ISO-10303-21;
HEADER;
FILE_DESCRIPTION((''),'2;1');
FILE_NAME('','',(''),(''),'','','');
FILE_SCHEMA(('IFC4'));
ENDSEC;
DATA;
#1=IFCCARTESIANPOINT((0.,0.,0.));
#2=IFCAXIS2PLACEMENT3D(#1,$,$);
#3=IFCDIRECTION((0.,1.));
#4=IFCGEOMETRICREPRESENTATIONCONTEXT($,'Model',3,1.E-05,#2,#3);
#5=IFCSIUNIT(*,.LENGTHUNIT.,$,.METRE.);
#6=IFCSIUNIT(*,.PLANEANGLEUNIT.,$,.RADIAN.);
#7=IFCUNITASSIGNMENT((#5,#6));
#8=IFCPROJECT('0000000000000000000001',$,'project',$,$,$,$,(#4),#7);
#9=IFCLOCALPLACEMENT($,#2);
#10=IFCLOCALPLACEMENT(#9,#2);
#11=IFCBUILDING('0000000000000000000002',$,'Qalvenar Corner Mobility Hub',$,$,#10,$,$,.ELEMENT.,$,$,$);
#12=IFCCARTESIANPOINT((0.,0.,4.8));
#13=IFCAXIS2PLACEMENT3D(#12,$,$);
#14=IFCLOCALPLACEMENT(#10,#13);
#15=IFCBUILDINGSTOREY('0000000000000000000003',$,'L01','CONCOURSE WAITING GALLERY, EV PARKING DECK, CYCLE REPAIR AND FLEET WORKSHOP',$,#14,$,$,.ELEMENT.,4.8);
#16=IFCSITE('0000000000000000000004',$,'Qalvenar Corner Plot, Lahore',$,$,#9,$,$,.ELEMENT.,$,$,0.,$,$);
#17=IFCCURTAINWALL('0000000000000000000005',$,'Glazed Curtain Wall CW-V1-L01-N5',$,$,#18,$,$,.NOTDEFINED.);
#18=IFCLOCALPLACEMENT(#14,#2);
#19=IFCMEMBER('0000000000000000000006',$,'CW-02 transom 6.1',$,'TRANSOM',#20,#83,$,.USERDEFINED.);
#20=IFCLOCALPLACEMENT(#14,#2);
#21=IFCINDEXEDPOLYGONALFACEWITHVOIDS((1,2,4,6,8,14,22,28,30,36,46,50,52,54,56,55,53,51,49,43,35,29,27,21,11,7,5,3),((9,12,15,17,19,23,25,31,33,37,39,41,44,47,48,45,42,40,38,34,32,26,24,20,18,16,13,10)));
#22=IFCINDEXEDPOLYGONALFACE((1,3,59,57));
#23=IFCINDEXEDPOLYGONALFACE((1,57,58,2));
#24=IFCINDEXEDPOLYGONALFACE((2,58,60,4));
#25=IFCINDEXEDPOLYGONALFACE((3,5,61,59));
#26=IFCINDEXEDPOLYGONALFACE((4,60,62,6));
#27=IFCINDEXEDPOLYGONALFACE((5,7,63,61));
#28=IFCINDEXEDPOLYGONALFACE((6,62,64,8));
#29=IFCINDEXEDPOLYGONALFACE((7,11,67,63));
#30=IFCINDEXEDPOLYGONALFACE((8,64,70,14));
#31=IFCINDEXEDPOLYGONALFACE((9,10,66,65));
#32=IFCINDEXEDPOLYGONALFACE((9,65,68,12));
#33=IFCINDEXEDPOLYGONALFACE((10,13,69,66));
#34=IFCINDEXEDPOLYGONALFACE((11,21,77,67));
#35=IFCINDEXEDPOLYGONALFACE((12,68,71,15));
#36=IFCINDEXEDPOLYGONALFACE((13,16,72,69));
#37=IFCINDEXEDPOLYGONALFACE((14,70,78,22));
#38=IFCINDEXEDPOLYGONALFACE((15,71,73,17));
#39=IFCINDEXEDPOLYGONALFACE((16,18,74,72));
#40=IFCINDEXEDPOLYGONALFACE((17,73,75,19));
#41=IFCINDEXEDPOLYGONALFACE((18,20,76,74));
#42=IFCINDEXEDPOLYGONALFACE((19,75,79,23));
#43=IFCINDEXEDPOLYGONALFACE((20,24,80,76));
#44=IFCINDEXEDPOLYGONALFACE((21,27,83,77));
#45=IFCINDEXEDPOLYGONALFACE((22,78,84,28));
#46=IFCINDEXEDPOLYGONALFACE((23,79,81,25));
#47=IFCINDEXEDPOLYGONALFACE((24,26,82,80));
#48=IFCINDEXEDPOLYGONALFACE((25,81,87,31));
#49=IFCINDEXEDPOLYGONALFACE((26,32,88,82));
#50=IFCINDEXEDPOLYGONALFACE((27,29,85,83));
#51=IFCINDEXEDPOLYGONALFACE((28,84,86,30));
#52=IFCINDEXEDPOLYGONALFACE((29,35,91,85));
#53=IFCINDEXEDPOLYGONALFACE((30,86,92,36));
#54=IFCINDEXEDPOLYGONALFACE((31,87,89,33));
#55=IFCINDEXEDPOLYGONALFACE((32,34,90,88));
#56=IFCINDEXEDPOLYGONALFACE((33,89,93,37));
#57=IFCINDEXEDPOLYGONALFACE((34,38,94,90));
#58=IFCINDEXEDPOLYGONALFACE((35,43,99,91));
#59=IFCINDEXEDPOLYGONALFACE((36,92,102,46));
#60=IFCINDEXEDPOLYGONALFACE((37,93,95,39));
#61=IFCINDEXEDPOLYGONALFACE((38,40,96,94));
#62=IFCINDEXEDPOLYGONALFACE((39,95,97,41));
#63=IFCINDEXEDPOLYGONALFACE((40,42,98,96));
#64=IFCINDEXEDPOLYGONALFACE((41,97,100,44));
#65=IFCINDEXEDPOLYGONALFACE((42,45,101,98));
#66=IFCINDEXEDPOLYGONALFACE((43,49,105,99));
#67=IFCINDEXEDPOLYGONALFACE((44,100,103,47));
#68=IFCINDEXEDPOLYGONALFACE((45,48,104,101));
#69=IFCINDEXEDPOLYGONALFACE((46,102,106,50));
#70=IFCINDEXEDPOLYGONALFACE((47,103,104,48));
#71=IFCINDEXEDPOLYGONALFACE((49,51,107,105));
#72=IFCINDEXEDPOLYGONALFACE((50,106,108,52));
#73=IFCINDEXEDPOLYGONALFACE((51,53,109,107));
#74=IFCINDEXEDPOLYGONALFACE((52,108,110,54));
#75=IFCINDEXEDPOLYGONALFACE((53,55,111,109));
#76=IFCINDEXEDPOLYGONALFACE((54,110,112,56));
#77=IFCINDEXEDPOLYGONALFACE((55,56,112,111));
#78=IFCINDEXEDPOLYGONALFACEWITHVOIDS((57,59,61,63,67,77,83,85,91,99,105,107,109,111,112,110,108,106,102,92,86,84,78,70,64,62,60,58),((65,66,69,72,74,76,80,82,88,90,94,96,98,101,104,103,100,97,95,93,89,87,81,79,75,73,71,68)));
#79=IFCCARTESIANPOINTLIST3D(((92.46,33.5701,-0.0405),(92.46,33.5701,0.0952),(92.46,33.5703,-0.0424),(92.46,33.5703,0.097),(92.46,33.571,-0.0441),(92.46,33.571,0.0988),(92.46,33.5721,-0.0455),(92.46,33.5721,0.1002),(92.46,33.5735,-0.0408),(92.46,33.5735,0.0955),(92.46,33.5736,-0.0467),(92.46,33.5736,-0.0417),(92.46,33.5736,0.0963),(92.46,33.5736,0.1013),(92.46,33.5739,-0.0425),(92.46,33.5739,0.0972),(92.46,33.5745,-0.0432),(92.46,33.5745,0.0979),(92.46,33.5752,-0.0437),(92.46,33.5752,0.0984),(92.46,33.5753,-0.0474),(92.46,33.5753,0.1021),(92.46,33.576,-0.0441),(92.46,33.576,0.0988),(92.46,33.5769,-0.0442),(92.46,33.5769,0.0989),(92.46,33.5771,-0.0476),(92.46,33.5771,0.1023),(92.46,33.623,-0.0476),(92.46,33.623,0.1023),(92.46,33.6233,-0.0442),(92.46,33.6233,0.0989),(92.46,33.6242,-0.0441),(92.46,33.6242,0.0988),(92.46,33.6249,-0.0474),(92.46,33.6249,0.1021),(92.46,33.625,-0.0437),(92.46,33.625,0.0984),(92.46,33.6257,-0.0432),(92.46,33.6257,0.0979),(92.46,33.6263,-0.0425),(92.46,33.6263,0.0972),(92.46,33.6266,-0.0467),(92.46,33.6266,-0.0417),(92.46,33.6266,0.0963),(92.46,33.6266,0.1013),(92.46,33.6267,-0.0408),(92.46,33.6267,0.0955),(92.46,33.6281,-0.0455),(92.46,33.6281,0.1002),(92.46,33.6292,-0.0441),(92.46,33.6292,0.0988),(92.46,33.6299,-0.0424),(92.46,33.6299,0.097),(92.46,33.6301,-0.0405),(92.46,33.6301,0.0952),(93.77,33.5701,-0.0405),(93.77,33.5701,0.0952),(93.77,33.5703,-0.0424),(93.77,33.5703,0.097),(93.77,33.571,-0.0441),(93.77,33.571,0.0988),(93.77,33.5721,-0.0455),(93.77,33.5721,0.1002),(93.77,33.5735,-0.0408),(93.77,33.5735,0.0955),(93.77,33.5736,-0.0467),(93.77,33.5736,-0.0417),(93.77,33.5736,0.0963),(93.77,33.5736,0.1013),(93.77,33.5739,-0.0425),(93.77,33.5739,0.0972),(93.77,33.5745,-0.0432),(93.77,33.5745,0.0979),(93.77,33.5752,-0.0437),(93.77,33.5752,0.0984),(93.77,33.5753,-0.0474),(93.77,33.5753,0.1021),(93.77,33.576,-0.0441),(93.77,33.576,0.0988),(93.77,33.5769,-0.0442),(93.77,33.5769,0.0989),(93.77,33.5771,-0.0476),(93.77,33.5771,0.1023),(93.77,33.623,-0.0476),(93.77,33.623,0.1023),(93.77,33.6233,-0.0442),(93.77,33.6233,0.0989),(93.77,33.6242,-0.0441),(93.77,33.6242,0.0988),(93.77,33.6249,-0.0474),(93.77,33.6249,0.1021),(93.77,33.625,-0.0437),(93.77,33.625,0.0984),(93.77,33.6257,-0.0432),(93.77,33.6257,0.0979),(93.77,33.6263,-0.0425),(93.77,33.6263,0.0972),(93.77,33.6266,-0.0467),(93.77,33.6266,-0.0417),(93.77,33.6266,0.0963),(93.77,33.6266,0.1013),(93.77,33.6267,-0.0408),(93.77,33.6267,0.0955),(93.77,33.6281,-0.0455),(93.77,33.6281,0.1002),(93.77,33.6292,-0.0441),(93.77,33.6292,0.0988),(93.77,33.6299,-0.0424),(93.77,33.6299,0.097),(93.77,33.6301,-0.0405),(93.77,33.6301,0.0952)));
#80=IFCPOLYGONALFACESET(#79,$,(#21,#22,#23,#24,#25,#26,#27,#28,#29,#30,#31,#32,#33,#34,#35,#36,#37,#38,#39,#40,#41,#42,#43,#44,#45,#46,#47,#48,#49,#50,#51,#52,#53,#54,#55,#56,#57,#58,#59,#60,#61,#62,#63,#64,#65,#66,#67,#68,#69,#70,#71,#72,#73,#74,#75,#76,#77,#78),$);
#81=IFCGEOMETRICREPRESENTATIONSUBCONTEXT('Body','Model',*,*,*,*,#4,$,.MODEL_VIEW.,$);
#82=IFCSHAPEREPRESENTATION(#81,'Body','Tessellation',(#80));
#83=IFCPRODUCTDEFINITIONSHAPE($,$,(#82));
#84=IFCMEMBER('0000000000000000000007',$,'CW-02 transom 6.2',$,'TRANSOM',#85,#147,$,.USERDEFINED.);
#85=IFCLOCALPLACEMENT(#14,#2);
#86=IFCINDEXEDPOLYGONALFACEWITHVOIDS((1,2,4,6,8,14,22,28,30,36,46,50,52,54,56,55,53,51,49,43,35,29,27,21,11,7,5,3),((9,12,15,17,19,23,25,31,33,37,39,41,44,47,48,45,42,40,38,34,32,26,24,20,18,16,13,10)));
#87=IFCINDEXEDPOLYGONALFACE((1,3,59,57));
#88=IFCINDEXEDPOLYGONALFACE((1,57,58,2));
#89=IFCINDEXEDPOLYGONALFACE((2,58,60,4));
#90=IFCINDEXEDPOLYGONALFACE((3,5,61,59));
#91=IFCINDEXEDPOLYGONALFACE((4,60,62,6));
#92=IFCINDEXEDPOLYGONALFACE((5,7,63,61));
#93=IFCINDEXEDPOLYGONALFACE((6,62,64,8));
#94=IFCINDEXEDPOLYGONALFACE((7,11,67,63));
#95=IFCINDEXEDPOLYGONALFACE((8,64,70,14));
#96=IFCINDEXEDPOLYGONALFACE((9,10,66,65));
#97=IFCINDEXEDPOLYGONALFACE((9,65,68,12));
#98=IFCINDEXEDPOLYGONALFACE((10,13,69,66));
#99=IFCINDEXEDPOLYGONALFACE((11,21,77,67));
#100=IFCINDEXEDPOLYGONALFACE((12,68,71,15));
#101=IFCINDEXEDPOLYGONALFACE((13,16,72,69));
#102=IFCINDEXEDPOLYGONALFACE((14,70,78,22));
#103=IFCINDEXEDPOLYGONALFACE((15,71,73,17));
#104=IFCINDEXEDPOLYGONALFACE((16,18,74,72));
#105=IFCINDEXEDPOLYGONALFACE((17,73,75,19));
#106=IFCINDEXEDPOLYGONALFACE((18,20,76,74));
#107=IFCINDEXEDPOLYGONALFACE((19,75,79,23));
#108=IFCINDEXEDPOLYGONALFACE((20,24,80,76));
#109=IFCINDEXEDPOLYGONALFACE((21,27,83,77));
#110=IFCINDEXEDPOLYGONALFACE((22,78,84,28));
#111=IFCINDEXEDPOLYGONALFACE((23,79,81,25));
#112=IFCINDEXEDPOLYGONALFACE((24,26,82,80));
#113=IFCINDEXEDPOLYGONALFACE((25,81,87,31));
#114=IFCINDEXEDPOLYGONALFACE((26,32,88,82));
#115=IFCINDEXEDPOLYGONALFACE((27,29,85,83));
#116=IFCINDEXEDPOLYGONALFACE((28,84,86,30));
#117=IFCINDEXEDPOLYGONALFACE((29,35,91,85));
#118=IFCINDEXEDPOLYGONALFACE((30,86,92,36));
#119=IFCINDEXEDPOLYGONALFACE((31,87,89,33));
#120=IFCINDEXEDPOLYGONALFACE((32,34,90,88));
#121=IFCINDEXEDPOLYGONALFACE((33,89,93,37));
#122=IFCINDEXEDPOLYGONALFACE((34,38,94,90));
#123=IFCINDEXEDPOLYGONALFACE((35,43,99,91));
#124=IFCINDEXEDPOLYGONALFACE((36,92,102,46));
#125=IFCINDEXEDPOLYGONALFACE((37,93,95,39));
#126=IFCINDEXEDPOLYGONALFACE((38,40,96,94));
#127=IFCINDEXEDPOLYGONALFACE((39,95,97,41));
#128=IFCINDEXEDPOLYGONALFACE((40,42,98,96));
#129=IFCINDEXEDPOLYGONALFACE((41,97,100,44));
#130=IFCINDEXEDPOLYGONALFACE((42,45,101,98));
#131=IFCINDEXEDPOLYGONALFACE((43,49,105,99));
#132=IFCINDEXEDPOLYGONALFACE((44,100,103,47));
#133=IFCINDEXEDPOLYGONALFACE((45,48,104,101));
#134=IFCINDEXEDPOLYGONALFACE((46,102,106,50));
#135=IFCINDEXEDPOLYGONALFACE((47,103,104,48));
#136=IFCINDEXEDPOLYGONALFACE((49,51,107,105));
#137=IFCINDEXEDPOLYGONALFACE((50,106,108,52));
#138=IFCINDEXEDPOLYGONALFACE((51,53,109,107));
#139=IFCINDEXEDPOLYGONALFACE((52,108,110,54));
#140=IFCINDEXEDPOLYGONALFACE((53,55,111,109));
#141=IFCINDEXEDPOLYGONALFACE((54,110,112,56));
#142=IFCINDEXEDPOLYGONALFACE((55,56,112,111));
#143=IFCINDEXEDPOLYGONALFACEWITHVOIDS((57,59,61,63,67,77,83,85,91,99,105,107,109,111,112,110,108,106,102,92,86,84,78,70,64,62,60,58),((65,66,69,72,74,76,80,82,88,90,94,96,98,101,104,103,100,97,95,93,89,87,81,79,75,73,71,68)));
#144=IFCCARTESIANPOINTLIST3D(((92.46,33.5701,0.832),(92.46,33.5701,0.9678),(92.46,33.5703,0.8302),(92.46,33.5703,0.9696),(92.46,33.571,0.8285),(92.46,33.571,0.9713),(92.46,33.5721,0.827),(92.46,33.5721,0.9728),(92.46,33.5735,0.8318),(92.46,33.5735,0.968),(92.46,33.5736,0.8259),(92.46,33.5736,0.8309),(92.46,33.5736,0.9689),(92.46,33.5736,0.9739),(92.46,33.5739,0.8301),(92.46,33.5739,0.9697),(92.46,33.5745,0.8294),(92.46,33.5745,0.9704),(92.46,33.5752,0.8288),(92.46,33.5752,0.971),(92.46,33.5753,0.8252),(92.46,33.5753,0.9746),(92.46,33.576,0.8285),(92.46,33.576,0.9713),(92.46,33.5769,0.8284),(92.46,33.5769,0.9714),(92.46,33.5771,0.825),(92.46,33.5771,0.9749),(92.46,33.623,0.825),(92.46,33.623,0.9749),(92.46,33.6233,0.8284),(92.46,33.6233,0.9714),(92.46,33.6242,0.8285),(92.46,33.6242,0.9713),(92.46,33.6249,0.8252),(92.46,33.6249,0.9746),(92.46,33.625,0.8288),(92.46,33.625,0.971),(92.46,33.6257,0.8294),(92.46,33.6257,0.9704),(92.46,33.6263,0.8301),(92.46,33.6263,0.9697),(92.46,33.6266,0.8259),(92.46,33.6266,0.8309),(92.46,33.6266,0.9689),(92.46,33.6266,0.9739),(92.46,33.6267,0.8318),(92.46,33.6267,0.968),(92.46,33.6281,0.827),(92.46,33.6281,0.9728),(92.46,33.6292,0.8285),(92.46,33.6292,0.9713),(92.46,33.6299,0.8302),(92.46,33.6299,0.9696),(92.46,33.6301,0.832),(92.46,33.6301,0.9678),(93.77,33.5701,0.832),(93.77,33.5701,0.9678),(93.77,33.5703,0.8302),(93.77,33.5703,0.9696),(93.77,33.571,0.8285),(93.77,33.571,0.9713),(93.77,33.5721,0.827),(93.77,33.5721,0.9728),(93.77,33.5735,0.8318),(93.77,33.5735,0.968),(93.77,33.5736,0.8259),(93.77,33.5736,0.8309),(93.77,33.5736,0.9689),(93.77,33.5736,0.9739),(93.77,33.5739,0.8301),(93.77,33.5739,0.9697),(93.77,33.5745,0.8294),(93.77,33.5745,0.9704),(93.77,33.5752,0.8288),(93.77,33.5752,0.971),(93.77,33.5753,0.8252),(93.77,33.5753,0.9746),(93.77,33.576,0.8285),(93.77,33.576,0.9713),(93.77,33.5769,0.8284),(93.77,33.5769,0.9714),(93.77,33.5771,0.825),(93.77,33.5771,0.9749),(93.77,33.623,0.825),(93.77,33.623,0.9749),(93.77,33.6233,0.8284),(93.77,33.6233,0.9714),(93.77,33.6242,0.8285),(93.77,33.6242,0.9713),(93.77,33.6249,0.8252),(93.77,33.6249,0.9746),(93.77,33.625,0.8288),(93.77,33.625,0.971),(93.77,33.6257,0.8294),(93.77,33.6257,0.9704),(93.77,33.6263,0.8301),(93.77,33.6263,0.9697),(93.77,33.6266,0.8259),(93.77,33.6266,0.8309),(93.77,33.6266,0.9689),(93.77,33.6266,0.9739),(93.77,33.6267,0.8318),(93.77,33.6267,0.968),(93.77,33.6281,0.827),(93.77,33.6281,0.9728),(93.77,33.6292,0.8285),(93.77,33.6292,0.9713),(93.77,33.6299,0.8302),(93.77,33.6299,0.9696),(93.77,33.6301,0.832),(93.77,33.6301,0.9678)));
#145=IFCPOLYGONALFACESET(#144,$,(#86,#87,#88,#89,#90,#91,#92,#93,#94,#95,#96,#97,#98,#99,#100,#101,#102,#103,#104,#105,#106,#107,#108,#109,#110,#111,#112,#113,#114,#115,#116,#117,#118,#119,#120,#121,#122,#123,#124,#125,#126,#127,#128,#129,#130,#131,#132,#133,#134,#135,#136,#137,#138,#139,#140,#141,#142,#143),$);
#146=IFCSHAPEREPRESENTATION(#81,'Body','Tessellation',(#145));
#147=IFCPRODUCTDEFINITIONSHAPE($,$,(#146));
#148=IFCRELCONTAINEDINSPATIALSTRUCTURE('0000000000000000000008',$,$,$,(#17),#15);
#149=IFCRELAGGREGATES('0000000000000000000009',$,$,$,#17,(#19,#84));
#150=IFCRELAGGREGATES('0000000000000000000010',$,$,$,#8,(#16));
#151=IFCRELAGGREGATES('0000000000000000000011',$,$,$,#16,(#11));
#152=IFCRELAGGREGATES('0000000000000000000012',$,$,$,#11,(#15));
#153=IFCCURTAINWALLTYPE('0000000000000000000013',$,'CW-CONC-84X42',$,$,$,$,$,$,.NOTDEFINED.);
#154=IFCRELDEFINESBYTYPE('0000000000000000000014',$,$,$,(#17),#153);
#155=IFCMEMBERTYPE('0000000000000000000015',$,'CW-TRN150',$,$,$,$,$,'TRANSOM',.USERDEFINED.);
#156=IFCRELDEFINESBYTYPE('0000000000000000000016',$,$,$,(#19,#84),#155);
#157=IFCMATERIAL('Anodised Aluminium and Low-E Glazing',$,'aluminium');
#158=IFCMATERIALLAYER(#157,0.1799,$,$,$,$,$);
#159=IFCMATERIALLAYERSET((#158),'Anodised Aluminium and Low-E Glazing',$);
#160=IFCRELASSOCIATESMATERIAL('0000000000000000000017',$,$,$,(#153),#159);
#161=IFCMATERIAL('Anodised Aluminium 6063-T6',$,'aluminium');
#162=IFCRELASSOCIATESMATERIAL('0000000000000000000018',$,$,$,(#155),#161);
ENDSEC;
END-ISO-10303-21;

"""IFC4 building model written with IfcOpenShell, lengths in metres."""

from ifc_helpers import new_model, si_unit, direction, frame, origin, origin_2d, place, context, subcontext, project, spatial, hollow_rectangle, extrude, material, layer, layer_set, material_profile, profile_set, type_object, element, aggregate, save


model = new_model("IFC4")

# Units and contexts
model_context = context("Model", 3, precision=1e-05, world=origin(), true_north=direction((0.0, 1.0)))
body_context = subcontext(model_context, "Body", "Model", "MODEL_VIEW")
ifc_project = project(units=[si_unit("LENGTHUNIT", "METRE"), si_unit("PLANEANGLEUNIT", "RADIAN")], contexts=[model_context])

# Site, building, storey
site_placement = place(None, origin())
site = spatial("IfcSite", under=ifc_project, at=site_placement, Name="Qalvenar Corner Plot, Lahore", CompositionType="ELEMENT", RefElevation=0.0)
building_placement = place(site_placement, origin())
building = spatial("IfcBuilding", under=site, at=building_placement, Name="Qalvenar Corner Mobility Hub", CompositionType="ELEMENT")
storey_placement = place(building_placement, frame((0.0, 0.0, 4.8)))
storey = spatial("IfcBuildingStorey", under=building, at=storey_placement, Name="L01", Description="CONCOURSE WAITING GALLERY, EV PARKING DECK, CYCLE REPAIR AND FLEET WORKSHOP", CompositionType="ELEMENT", Elevation=4.8)

# Shared definitions
ifc_material_1 = material(Name="Anodised Aluminium and Low-E Glazing", Category="aluminium")
ifc_layer_1 = layer(ifc_material_1, 0.1799)
ifc_layer_set_1 = layer_set([ifc_layer_1], Name="Anodised Aluminium and Low-E Glazing")
curtain_wall_type = type_object("IfcCurtainWallType", Name="CW-CONC-84X42", PredefinedType="NOTDEFINED", material=ifc_layer_set_1)
ifc_material_2 = material(Name="Anodised Aluminium 6063-T6", Category="aluminium")

# Curtain wall, members
curtain_wall_1_placement = place(storey_placement, origin())
curtain_wall_1 = element("IfcCurtainWall", 1, at=curtain_wall_1_placement, inside=storey, type_object=curtain_wall_type, Name="Glazed Curtain Wall CW-V1-L01-N5", PredefinedType="NOTDEFINED")
ifc_material_profile_1 = material_profile(ifc_material_2, hollow_rectangle(XDim=0.0601, YDim=0.1499, WallThickness=0.0034, InnerFilletRadius=0.0034, OuterFilletRadius=0.0071, at=origin_2d()), Name="RHS150x60x3.5")
ifc_profile_set_1 = profile_set([ifc_material_profile_1], Name="Anodised Aluminium 6063-T6")
member_type_1 = type_object("IfcMemberType", Name="CW-TRN150", ElementType="TRANSOM", PredefinedType="USERDEFINED", material=ifc_profile_set_1)
member_1_placement = place(storey_placement, frame((93.77, 33.6001, 0.0273), z_axis=(-1.0, 0.0, 0.0), x_axis=(0.0, -1.0, 0.0)))
member_1 = element("IfcMember", 2, at=member_1_placement, type_object=member_type_1, Name="CW-02 transom 6.1", ObjectType="TRANSOM", PredefinedType="USERDEFINED", context=body_context, shape_type="SweptSolid", body=[
    extrude(hollow_rectangle(XDim=0.0601, YDim=0.1499, WallThickness=0.0034, InnerFilletRadius=0.0034, OuterFilletRadius=0.0071, at=origin_2d()), origin(), (0.0, 0.0, 1.0), 1.3101),
])
member_2_placement = place(storey_placement, frame((93.77, 33.6001, 0.8999), z_axis=(-1.0, 0.0, 0.0), x_axis=(0.0, -1.0, 0.0)))
member_2 = element("IfcMember", 3, at=member_2_placement, type_object=member_type_1, Name="CW-02 transom 6.2", ObjectType="TRANSOM", PredefinedType="USERDEFINED", context=body_context, shape_type="SweptSolid", body=[
    extrude(hollow_rectangle(XDim=0.0601, YDim=0.1499, WallThickness=0.0034, InnerFilletRadius=0.0034, OuterFilletRadius=0.0071, at=origin_2d()), origin(), (0.0, 0.0, 1.0), 1.3101),
])
aggregate(curtain_wall_1, [member_1, member_2])

save(model, "model.ifc")
